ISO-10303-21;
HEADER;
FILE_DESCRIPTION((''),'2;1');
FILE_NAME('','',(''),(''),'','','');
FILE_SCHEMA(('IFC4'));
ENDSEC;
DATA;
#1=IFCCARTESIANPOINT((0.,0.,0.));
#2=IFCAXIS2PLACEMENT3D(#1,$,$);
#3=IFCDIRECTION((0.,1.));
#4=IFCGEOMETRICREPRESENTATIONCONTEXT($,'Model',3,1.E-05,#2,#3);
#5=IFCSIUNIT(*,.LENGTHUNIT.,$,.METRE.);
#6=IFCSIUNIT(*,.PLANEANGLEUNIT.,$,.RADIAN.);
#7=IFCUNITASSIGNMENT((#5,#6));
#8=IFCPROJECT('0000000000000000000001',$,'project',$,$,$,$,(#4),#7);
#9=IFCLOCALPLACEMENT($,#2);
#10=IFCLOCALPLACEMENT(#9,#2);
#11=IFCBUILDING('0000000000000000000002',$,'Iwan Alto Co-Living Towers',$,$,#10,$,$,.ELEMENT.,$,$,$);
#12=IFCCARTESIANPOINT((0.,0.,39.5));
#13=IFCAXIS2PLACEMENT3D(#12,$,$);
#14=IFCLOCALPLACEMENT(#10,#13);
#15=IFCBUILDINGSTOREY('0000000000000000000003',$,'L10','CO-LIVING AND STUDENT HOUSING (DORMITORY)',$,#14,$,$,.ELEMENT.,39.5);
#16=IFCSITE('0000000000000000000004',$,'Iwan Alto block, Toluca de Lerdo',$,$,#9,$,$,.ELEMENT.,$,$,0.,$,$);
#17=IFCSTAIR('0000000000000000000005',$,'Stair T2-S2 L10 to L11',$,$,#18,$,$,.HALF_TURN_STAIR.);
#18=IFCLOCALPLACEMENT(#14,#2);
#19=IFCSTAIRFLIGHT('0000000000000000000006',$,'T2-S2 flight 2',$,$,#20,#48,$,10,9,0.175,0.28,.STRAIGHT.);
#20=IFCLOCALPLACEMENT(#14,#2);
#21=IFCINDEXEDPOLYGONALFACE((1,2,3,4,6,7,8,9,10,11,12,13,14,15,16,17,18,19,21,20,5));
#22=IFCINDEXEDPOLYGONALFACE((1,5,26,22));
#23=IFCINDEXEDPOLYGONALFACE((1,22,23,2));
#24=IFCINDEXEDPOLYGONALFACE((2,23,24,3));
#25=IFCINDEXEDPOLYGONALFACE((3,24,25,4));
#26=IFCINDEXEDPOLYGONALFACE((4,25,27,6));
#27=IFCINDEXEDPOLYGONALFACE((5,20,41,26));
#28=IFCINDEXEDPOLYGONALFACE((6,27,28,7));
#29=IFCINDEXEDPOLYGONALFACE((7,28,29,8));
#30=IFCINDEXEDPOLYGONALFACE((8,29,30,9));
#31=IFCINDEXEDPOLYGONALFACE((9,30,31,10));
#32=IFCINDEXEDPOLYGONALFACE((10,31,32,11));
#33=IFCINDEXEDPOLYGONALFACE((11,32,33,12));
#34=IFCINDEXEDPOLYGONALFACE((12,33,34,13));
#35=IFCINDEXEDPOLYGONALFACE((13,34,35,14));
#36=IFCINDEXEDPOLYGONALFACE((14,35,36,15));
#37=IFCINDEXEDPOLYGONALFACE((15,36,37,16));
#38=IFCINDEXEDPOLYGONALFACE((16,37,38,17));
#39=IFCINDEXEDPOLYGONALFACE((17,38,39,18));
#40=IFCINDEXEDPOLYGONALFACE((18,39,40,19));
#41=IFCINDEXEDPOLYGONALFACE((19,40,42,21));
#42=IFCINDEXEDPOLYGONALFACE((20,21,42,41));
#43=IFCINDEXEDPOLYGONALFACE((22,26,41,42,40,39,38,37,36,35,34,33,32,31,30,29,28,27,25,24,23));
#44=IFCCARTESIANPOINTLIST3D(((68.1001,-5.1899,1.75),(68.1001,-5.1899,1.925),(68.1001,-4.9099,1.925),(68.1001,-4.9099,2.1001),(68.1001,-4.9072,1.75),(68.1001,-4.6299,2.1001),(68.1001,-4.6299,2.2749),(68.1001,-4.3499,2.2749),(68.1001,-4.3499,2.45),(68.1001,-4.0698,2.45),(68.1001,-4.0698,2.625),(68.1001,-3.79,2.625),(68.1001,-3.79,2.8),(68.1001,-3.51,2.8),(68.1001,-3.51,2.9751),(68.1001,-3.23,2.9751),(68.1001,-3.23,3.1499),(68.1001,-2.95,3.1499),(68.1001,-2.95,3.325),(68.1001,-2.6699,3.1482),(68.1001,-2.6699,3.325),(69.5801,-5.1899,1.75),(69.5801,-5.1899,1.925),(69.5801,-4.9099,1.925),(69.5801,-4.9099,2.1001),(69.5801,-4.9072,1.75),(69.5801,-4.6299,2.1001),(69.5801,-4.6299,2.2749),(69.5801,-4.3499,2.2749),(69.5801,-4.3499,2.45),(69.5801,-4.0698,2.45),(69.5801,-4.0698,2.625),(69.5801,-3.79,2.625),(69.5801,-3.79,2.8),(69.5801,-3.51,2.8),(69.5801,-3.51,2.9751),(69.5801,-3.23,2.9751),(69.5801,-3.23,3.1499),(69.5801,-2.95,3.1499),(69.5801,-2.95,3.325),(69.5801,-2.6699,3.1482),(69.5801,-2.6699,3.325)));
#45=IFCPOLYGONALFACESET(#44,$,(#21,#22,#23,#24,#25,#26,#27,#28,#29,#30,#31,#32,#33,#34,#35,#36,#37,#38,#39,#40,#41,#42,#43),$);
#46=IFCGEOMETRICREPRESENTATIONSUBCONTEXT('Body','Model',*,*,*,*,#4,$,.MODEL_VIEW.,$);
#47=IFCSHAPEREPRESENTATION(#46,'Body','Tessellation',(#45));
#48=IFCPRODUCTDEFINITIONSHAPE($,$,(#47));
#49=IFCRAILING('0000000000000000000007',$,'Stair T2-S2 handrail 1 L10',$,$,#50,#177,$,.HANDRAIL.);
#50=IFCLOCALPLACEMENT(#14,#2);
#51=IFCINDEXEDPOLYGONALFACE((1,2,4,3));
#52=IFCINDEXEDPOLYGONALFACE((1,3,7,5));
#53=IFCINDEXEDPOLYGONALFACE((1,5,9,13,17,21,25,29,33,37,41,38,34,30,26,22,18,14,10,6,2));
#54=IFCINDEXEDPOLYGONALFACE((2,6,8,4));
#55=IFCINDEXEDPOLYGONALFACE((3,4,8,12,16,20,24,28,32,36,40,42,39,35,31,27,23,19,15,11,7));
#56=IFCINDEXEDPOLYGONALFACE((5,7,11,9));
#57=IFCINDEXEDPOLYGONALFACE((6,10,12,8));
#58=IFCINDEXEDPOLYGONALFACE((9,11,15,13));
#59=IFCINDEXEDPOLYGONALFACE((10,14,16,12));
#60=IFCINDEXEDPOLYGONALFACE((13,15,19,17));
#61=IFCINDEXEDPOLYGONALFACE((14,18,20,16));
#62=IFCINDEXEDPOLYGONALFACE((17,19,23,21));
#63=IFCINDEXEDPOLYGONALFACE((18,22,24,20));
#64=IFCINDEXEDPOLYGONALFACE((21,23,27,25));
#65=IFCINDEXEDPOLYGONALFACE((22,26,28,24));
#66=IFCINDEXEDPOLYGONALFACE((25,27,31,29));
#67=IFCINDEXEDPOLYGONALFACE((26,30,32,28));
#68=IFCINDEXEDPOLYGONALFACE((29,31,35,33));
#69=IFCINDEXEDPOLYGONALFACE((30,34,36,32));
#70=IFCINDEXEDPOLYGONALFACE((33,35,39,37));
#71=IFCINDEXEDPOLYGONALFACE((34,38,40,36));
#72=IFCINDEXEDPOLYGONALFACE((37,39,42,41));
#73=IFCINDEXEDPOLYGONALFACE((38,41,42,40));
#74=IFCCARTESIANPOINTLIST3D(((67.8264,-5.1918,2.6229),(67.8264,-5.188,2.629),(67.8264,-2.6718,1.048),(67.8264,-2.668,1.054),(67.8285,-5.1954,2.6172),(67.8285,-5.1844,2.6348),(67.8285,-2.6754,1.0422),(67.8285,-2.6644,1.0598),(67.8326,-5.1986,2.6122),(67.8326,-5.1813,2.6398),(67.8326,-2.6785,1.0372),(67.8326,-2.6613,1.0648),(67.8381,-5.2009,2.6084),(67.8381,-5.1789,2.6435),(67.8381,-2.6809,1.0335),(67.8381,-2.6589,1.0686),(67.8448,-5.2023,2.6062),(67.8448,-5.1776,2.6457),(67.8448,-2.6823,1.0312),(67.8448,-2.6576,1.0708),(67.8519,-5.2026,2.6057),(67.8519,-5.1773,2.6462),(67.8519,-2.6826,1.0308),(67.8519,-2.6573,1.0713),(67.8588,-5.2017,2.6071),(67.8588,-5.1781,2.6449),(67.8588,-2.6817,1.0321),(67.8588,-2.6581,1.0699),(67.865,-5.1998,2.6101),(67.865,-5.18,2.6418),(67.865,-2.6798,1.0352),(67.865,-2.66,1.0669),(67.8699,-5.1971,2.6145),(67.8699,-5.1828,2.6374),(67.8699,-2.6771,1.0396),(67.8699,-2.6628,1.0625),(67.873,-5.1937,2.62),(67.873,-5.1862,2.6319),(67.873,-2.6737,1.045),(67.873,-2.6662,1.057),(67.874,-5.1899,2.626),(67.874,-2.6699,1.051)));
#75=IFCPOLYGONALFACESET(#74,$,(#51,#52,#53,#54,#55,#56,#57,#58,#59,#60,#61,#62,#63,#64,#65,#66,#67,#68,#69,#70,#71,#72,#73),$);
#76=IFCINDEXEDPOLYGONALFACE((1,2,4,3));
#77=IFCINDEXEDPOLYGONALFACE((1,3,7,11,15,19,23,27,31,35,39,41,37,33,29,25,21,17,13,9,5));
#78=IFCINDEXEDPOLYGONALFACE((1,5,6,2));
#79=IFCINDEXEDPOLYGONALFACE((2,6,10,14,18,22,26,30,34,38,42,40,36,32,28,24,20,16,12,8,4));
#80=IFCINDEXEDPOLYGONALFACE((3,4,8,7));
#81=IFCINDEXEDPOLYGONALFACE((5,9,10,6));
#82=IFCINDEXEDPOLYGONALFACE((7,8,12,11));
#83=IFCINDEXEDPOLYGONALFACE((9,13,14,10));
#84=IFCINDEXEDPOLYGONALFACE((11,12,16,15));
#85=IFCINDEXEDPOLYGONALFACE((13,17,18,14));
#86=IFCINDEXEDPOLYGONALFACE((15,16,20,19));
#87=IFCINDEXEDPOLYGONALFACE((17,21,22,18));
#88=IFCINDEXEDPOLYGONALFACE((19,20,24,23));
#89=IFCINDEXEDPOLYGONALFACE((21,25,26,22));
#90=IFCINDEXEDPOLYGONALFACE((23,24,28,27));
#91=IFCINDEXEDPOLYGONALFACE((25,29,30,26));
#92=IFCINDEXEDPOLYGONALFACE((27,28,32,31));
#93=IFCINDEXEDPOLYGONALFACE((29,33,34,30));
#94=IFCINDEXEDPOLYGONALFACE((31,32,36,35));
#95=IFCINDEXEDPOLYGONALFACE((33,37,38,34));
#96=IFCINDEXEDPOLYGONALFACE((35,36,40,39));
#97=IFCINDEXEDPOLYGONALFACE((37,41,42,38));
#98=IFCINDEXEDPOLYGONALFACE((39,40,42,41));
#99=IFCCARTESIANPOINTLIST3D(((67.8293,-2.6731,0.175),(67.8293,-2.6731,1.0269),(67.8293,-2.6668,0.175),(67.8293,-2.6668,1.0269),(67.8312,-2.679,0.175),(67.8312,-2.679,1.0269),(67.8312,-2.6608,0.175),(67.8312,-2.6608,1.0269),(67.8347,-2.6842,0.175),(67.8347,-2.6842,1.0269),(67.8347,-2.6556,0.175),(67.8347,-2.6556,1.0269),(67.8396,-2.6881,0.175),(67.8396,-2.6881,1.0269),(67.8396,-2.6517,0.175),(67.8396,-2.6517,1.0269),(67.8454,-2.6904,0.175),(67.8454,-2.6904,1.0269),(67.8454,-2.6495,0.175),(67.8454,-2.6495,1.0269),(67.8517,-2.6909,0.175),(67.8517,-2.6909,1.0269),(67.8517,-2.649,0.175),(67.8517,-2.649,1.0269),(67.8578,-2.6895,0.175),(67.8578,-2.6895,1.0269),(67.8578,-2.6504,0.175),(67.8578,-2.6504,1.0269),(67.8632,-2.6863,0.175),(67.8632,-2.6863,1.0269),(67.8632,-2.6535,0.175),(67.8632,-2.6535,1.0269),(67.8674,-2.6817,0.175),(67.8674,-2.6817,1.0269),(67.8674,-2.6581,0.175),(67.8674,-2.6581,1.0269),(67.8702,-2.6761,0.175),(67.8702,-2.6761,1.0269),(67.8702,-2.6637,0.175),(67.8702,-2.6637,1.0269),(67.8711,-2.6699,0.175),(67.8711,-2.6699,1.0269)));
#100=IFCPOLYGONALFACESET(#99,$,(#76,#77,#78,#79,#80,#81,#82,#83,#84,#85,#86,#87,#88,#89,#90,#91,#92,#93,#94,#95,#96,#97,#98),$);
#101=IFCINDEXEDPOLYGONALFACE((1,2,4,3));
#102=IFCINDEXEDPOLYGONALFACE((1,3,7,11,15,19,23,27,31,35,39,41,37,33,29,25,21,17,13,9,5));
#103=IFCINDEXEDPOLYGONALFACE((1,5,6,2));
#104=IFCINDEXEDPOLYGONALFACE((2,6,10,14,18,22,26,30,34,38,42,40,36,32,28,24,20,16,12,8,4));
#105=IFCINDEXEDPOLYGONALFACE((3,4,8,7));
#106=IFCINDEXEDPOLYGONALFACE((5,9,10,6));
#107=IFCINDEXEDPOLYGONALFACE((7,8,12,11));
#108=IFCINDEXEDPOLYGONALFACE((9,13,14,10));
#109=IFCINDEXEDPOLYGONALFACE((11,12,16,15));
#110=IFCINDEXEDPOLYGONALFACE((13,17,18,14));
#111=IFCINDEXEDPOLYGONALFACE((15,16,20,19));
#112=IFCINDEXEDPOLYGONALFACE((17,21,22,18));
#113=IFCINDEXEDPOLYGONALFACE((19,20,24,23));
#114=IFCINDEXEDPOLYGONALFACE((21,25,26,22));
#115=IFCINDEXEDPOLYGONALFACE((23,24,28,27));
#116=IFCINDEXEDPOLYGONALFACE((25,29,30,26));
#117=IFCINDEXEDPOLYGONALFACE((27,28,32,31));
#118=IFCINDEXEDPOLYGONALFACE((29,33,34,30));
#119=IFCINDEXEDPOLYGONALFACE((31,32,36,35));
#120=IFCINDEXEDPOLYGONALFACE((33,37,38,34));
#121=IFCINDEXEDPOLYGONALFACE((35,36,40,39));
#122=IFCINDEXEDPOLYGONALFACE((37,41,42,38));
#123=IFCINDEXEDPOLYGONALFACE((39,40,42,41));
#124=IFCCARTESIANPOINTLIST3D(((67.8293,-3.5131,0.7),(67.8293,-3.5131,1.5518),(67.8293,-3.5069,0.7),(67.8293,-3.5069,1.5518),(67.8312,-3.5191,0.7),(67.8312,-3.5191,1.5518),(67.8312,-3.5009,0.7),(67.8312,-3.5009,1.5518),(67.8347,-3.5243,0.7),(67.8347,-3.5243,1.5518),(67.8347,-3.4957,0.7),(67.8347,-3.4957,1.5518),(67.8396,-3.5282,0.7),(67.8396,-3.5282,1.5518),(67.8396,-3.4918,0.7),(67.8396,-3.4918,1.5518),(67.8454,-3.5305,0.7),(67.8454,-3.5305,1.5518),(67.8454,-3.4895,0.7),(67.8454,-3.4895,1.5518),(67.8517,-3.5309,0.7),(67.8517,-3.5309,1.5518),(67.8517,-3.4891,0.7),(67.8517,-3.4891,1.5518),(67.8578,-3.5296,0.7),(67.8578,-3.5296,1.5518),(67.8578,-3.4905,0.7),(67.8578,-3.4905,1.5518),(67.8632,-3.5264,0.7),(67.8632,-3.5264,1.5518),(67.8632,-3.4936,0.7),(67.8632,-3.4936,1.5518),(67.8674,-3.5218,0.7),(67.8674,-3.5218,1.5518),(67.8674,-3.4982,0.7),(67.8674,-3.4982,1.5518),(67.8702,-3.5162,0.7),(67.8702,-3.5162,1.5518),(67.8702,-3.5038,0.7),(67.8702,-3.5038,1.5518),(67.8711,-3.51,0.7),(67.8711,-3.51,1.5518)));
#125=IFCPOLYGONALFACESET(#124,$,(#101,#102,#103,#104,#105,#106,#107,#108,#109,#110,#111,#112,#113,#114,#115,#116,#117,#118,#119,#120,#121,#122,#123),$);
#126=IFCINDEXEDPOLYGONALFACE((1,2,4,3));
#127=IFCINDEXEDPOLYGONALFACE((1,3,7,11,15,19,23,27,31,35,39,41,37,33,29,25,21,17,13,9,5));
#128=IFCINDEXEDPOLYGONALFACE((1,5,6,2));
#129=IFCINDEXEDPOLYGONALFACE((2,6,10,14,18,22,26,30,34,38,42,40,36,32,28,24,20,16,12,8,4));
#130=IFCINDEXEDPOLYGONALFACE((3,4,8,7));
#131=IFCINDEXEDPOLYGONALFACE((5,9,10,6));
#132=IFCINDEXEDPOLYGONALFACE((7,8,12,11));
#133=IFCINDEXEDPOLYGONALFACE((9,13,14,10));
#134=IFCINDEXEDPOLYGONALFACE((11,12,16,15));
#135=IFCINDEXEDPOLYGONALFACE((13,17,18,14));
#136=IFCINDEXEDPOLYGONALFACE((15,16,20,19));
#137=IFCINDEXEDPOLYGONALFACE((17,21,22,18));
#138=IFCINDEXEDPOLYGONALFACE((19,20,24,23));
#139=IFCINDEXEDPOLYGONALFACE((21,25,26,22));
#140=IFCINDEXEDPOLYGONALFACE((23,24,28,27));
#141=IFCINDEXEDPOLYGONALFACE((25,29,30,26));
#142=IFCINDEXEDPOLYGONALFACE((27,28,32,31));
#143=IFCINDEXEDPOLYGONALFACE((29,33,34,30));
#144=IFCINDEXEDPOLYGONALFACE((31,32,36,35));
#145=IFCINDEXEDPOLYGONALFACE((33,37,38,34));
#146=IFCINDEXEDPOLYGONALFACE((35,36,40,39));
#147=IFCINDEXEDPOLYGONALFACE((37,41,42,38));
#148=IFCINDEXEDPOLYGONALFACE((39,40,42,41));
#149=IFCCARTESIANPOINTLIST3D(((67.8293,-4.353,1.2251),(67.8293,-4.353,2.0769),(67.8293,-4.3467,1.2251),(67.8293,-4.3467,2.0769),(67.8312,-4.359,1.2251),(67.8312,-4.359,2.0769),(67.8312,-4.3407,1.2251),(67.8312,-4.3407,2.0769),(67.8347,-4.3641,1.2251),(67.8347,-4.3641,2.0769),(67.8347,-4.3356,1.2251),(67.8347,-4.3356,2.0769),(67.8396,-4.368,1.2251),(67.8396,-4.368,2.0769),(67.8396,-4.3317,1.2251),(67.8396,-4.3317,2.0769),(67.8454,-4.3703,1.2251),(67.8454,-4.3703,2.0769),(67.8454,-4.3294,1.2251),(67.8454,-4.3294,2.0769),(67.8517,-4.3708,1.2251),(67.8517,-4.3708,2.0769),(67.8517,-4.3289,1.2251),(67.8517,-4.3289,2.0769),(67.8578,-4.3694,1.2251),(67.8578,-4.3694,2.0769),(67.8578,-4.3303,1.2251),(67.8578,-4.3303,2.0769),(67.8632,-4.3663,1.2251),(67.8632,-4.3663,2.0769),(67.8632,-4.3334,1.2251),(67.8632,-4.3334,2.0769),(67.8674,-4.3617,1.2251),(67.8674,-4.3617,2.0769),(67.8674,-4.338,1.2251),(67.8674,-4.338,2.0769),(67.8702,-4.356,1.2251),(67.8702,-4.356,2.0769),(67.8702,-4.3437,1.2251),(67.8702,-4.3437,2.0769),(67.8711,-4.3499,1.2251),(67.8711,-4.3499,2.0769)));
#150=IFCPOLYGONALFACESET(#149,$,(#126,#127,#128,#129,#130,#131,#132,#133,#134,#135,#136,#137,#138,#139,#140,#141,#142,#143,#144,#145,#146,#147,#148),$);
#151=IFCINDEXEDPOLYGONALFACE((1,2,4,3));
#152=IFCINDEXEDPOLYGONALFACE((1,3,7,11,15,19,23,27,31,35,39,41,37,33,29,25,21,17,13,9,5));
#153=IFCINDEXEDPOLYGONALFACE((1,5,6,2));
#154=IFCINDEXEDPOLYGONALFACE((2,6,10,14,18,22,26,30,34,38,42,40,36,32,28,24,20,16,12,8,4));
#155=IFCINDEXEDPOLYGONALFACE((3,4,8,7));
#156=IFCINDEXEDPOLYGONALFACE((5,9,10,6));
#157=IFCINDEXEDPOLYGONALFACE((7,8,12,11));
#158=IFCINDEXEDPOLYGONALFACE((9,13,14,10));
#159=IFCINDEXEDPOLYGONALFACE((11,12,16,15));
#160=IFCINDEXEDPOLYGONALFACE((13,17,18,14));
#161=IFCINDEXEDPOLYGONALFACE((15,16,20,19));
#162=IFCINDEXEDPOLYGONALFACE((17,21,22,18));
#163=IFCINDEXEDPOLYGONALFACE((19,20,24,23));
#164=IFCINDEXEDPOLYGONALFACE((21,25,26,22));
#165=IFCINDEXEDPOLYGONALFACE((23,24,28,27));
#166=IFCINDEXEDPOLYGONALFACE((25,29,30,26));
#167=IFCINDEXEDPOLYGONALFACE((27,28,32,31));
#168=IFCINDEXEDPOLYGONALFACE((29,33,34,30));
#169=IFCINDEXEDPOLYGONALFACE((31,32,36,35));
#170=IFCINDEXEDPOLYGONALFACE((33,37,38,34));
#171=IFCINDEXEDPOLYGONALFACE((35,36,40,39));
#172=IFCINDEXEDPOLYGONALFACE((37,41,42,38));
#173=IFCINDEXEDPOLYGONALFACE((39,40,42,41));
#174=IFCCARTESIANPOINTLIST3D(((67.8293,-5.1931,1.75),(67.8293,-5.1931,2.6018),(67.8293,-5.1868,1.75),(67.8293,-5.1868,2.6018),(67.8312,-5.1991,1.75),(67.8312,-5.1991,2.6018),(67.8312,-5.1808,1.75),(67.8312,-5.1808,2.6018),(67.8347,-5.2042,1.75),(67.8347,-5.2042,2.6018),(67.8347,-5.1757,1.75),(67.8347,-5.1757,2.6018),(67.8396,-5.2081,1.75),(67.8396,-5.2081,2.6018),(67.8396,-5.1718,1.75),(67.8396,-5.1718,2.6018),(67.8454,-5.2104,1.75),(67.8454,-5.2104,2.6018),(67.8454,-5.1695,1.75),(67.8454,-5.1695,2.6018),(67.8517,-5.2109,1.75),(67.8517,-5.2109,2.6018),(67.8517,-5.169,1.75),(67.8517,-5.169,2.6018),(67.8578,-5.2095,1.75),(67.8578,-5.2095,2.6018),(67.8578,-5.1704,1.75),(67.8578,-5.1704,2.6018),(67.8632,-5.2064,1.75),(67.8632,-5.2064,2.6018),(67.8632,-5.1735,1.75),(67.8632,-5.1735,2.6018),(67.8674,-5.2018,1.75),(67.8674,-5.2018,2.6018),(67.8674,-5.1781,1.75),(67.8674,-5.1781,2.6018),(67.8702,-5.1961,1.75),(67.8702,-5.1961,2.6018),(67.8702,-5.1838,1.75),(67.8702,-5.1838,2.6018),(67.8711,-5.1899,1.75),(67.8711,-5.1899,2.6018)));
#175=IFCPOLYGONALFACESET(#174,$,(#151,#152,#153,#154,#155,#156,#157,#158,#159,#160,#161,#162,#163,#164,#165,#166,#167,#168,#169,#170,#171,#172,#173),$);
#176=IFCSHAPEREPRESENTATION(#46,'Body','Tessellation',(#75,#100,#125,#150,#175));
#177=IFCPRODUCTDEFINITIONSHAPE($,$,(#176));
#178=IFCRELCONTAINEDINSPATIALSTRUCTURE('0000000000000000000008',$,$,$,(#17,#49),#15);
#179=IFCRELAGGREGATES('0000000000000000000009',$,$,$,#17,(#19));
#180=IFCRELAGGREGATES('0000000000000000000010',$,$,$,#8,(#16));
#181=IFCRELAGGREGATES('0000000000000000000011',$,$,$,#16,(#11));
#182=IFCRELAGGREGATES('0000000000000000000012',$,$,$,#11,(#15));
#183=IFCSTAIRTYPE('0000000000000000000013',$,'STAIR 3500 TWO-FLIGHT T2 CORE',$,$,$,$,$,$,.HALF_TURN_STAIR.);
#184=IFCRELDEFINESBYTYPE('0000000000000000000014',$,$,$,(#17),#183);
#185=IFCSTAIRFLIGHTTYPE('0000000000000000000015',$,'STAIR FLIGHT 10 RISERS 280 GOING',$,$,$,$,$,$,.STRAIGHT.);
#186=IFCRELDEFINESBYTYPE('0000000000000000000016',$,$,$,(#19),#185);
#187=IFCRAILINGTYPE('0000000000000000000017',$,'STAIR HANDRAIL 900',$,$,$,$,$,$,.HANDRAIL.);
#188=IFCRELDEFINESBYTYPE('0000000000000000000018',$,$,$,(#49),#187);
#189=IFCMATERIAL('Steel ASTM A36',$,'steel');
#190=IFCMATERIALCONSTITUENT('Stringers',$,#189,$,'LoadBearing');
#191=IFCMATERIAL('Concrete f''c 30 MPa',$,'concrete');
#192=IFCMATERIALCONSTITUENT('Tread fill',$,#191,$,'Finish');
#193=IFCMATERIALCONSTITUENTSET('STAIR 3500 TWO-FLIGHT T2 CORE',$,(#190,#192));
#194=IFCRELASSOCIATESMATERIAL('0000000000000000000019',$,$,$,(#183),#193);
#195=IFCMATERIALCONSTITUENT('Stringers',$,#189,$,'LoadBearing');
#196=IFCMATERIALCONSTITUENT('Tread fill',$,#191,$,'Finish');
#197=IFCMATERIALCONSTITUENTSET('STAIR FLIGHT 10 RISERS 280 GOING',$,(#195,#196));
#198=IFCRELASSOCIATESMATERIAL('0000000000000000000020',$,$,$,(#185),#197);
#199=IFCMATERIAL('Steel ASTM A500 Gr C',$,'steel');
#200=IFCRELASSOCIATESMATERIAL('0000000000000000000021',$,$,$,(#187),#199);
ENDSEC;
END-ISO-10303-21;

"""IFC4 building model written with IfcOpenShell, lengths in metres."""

from ifc_helpers import new_model, si_unit, direction, frame, origin, origin_2d, place, context, subcontext, project, spatial, polyline, circle, outline, extrude, material, constituent, constituent_set, type_object, element, aggregate, save


model = new_model("IFC4")

# Units and contexts
model_context = context("Model", 3, precision=1e-05, world=origin(), true_north=direction((0.0, 1.0)))
body_context = subcontext(model_context, "Body", "Model", "MODEL_VIEW")
ifc_project = project(units=[si_unit("LENGTHUNIT", "METRE"), si_unit("PLANEANGLEUNIT", "RADIAN")], contexts=[model_context])

# Site, building, storey
site_placement = place(None, origin())
site = spatial("IfcSite", under=ifc_project, at=site_placement, Name="Iwan Alto block, Toluca de Lerdo", CompositionType="ELEMENT", RefElevation=0.0)
building_placement = place(site_placement, origin())
building = spatial("IfcBuilding", under=site, at=building_placement, Name="Iwan Alto Co-Living Towers", CompositionType="ELEMENT")
storey_placement = place(building_placement, frame((0.0, 0.0, 39.5)))
storey = spatial("IfcBuildingStorey", under=building, at=storey_placement, Name="L10", Description="CO-LIVING AND STUDENT HOUSING (DORMITORY)", CompositionType="ELEMENT", Elevation=39.5)

# Stair, stair flight
ifc_material_1 = material(Name="Steel ASTM A36", Category="steel")
ifc_constituent_1 = constituent(ifc_material_1, Name="Stringers", Category="LoadBearing")
ifc_material_2 = material(Name="Concrete f'c 30 MPa", Category="concrete")
ifc_constituent_2 = constituent(ifc_material_2, Name="Tread fill", Category="Finish")
ifc_constituent_set_1 = constituent_set(constituents=[ifc_constituent_1, ifc_constituent_2], Name="STAIR 3500 TWO-FLIGHT T2 CORE")
stair_type = type_object("IfcStairType", Name="STAIR 3500 TWO-FLIGHT T2 CORE", PredefinedType="HALF_TURN_STAIR", material=ifc_constituent_set_1)
stair_placement = place(storey_placement, origin())
stair = element("IfcStair", 1, at=stair_placement, inside=storey, type_object=stair_type, Name="Stair T2-S2 L10 to L11", PredefinedType="HALF_TURN_STAIR")
ifc_constituent_3 = constituent(ifc_material_1, Name="Stringers", Category="LoadBearing")
ifc_constituent_4 = constituent(ifc_material_2, Name="Tread fill", Category="Finish")
ifc_constituent_set_2 = constituent_set(constituents=[ifc_constituent_3, ifc_constituent_4], Name="STAIR FLIGHT 10 RISERS 280 GOING")
stair_flight_type = type_object("IfcStairFlightType", Name="STAIR FLIGHT 10 RISERS 280 GOING", PredefinedType="STRAIGHT", material=ifc_constituent_set_2)
stair_flight_1_placement = place(storey_placement, frame((68.8401, -5.1899, 1.75), z_axis=(0.0, 0.0, 1.0), x_axis=(0.0, 1.0, 0.0)))
stair_flight_1 = element("IfcStairFlight", 2, at=stair_flight_1_placement, type_object=stair_flight_type, Name="T2-S2 flight 2", NumberOfRisers=10, NumberOfTreads=9, PredefinedType="STRAIGHT", RiserHeight=0.175, TreadLength=0.28, context=body_context, shape_type="SweptSolid", body=[
    extrude(outline(polyline([(0.0, 0.0), (0.0, 0.175), (0.28, 0.175), (0.28, 0.3501), (0.5601, 0.3501), (0.5601, 0.5249), (0.8401, 0.5249), (0.8401, 0.7), (1.1201, 0.7), (1.1201, 0.875), (1.3999, 0.875), (1.3999, 1.05), (1.6799, 1.05), (1.6799, 1.2251), (1.96, 1.2251), (1.96, 1.3999), (2.24, 1.3999), (2.24, 1.575), (2.52, 1.575), (2.52, 1.75), (2.52, 1.3982), (0.2827, 0.0), (0.0, 0.0)])), frame((0.0, 0.74, 0.0), z_axis=(0.0, -1.0, 0.0), x_axis=(1.0, 0.0, 0.0)), (0.0, 0.0, 1.0), 1.48),
])
aggregate(stair, [stair_flight_1])

# Railing
ifc_material_3 = material(Name="Steel ASTM A500 Gr C", Category="steel")
railing_type_1 = type_object("IfcRailingType", Name="STAIR HANDRAIL 900", PredefinedType="HANDRAIL", material=ifc_material_3)
railing_1_placement = place(storey_placement, frame((67.8501, -2.6699, 0.175)))
element("IfcRailing", 3, at=railing_1_placement, inside=storey, type_object=railing_type_1, Name="Stair T2-S2 handrail 1 L10", PredefinedType="HANDRAIL", context=body_context, shape_type="SweptSolid", body=[
    extrude(circle(Radius=0.0239, at=origin_2d()), frame((0.0, 0.0, 0.876), z_axis=(0.0, -0.848008, 0.529984), x_axis=(1.0, 0.0, 0.0)), (0.0, 0.0, 1.0), 2.9717),
    extrude(circle(Radius=0.021, at=origin_2d()), origin(), (0.0, 0.0, 1.0), 0.8518),
    extrude(circle(Radius=0.021, at=origin_2d()), frame((0.0, -0.8401, 0.5249)), (0.0, 0.0, 1.0), 0.8518),
    extrude(circle(Radius=0.021, at=origin_2d()), frame((0.0, -1.6799, 1.05)), (0.0, 0.0, 1.0), 0.8518),
    extrude(circle(Radius=0.021, at=origin_2d()), frame((0.0, -2.52, 1.575)), (0.0, 0.0, 1.0), 0.8518),
])

save(model, "model.ifc")
